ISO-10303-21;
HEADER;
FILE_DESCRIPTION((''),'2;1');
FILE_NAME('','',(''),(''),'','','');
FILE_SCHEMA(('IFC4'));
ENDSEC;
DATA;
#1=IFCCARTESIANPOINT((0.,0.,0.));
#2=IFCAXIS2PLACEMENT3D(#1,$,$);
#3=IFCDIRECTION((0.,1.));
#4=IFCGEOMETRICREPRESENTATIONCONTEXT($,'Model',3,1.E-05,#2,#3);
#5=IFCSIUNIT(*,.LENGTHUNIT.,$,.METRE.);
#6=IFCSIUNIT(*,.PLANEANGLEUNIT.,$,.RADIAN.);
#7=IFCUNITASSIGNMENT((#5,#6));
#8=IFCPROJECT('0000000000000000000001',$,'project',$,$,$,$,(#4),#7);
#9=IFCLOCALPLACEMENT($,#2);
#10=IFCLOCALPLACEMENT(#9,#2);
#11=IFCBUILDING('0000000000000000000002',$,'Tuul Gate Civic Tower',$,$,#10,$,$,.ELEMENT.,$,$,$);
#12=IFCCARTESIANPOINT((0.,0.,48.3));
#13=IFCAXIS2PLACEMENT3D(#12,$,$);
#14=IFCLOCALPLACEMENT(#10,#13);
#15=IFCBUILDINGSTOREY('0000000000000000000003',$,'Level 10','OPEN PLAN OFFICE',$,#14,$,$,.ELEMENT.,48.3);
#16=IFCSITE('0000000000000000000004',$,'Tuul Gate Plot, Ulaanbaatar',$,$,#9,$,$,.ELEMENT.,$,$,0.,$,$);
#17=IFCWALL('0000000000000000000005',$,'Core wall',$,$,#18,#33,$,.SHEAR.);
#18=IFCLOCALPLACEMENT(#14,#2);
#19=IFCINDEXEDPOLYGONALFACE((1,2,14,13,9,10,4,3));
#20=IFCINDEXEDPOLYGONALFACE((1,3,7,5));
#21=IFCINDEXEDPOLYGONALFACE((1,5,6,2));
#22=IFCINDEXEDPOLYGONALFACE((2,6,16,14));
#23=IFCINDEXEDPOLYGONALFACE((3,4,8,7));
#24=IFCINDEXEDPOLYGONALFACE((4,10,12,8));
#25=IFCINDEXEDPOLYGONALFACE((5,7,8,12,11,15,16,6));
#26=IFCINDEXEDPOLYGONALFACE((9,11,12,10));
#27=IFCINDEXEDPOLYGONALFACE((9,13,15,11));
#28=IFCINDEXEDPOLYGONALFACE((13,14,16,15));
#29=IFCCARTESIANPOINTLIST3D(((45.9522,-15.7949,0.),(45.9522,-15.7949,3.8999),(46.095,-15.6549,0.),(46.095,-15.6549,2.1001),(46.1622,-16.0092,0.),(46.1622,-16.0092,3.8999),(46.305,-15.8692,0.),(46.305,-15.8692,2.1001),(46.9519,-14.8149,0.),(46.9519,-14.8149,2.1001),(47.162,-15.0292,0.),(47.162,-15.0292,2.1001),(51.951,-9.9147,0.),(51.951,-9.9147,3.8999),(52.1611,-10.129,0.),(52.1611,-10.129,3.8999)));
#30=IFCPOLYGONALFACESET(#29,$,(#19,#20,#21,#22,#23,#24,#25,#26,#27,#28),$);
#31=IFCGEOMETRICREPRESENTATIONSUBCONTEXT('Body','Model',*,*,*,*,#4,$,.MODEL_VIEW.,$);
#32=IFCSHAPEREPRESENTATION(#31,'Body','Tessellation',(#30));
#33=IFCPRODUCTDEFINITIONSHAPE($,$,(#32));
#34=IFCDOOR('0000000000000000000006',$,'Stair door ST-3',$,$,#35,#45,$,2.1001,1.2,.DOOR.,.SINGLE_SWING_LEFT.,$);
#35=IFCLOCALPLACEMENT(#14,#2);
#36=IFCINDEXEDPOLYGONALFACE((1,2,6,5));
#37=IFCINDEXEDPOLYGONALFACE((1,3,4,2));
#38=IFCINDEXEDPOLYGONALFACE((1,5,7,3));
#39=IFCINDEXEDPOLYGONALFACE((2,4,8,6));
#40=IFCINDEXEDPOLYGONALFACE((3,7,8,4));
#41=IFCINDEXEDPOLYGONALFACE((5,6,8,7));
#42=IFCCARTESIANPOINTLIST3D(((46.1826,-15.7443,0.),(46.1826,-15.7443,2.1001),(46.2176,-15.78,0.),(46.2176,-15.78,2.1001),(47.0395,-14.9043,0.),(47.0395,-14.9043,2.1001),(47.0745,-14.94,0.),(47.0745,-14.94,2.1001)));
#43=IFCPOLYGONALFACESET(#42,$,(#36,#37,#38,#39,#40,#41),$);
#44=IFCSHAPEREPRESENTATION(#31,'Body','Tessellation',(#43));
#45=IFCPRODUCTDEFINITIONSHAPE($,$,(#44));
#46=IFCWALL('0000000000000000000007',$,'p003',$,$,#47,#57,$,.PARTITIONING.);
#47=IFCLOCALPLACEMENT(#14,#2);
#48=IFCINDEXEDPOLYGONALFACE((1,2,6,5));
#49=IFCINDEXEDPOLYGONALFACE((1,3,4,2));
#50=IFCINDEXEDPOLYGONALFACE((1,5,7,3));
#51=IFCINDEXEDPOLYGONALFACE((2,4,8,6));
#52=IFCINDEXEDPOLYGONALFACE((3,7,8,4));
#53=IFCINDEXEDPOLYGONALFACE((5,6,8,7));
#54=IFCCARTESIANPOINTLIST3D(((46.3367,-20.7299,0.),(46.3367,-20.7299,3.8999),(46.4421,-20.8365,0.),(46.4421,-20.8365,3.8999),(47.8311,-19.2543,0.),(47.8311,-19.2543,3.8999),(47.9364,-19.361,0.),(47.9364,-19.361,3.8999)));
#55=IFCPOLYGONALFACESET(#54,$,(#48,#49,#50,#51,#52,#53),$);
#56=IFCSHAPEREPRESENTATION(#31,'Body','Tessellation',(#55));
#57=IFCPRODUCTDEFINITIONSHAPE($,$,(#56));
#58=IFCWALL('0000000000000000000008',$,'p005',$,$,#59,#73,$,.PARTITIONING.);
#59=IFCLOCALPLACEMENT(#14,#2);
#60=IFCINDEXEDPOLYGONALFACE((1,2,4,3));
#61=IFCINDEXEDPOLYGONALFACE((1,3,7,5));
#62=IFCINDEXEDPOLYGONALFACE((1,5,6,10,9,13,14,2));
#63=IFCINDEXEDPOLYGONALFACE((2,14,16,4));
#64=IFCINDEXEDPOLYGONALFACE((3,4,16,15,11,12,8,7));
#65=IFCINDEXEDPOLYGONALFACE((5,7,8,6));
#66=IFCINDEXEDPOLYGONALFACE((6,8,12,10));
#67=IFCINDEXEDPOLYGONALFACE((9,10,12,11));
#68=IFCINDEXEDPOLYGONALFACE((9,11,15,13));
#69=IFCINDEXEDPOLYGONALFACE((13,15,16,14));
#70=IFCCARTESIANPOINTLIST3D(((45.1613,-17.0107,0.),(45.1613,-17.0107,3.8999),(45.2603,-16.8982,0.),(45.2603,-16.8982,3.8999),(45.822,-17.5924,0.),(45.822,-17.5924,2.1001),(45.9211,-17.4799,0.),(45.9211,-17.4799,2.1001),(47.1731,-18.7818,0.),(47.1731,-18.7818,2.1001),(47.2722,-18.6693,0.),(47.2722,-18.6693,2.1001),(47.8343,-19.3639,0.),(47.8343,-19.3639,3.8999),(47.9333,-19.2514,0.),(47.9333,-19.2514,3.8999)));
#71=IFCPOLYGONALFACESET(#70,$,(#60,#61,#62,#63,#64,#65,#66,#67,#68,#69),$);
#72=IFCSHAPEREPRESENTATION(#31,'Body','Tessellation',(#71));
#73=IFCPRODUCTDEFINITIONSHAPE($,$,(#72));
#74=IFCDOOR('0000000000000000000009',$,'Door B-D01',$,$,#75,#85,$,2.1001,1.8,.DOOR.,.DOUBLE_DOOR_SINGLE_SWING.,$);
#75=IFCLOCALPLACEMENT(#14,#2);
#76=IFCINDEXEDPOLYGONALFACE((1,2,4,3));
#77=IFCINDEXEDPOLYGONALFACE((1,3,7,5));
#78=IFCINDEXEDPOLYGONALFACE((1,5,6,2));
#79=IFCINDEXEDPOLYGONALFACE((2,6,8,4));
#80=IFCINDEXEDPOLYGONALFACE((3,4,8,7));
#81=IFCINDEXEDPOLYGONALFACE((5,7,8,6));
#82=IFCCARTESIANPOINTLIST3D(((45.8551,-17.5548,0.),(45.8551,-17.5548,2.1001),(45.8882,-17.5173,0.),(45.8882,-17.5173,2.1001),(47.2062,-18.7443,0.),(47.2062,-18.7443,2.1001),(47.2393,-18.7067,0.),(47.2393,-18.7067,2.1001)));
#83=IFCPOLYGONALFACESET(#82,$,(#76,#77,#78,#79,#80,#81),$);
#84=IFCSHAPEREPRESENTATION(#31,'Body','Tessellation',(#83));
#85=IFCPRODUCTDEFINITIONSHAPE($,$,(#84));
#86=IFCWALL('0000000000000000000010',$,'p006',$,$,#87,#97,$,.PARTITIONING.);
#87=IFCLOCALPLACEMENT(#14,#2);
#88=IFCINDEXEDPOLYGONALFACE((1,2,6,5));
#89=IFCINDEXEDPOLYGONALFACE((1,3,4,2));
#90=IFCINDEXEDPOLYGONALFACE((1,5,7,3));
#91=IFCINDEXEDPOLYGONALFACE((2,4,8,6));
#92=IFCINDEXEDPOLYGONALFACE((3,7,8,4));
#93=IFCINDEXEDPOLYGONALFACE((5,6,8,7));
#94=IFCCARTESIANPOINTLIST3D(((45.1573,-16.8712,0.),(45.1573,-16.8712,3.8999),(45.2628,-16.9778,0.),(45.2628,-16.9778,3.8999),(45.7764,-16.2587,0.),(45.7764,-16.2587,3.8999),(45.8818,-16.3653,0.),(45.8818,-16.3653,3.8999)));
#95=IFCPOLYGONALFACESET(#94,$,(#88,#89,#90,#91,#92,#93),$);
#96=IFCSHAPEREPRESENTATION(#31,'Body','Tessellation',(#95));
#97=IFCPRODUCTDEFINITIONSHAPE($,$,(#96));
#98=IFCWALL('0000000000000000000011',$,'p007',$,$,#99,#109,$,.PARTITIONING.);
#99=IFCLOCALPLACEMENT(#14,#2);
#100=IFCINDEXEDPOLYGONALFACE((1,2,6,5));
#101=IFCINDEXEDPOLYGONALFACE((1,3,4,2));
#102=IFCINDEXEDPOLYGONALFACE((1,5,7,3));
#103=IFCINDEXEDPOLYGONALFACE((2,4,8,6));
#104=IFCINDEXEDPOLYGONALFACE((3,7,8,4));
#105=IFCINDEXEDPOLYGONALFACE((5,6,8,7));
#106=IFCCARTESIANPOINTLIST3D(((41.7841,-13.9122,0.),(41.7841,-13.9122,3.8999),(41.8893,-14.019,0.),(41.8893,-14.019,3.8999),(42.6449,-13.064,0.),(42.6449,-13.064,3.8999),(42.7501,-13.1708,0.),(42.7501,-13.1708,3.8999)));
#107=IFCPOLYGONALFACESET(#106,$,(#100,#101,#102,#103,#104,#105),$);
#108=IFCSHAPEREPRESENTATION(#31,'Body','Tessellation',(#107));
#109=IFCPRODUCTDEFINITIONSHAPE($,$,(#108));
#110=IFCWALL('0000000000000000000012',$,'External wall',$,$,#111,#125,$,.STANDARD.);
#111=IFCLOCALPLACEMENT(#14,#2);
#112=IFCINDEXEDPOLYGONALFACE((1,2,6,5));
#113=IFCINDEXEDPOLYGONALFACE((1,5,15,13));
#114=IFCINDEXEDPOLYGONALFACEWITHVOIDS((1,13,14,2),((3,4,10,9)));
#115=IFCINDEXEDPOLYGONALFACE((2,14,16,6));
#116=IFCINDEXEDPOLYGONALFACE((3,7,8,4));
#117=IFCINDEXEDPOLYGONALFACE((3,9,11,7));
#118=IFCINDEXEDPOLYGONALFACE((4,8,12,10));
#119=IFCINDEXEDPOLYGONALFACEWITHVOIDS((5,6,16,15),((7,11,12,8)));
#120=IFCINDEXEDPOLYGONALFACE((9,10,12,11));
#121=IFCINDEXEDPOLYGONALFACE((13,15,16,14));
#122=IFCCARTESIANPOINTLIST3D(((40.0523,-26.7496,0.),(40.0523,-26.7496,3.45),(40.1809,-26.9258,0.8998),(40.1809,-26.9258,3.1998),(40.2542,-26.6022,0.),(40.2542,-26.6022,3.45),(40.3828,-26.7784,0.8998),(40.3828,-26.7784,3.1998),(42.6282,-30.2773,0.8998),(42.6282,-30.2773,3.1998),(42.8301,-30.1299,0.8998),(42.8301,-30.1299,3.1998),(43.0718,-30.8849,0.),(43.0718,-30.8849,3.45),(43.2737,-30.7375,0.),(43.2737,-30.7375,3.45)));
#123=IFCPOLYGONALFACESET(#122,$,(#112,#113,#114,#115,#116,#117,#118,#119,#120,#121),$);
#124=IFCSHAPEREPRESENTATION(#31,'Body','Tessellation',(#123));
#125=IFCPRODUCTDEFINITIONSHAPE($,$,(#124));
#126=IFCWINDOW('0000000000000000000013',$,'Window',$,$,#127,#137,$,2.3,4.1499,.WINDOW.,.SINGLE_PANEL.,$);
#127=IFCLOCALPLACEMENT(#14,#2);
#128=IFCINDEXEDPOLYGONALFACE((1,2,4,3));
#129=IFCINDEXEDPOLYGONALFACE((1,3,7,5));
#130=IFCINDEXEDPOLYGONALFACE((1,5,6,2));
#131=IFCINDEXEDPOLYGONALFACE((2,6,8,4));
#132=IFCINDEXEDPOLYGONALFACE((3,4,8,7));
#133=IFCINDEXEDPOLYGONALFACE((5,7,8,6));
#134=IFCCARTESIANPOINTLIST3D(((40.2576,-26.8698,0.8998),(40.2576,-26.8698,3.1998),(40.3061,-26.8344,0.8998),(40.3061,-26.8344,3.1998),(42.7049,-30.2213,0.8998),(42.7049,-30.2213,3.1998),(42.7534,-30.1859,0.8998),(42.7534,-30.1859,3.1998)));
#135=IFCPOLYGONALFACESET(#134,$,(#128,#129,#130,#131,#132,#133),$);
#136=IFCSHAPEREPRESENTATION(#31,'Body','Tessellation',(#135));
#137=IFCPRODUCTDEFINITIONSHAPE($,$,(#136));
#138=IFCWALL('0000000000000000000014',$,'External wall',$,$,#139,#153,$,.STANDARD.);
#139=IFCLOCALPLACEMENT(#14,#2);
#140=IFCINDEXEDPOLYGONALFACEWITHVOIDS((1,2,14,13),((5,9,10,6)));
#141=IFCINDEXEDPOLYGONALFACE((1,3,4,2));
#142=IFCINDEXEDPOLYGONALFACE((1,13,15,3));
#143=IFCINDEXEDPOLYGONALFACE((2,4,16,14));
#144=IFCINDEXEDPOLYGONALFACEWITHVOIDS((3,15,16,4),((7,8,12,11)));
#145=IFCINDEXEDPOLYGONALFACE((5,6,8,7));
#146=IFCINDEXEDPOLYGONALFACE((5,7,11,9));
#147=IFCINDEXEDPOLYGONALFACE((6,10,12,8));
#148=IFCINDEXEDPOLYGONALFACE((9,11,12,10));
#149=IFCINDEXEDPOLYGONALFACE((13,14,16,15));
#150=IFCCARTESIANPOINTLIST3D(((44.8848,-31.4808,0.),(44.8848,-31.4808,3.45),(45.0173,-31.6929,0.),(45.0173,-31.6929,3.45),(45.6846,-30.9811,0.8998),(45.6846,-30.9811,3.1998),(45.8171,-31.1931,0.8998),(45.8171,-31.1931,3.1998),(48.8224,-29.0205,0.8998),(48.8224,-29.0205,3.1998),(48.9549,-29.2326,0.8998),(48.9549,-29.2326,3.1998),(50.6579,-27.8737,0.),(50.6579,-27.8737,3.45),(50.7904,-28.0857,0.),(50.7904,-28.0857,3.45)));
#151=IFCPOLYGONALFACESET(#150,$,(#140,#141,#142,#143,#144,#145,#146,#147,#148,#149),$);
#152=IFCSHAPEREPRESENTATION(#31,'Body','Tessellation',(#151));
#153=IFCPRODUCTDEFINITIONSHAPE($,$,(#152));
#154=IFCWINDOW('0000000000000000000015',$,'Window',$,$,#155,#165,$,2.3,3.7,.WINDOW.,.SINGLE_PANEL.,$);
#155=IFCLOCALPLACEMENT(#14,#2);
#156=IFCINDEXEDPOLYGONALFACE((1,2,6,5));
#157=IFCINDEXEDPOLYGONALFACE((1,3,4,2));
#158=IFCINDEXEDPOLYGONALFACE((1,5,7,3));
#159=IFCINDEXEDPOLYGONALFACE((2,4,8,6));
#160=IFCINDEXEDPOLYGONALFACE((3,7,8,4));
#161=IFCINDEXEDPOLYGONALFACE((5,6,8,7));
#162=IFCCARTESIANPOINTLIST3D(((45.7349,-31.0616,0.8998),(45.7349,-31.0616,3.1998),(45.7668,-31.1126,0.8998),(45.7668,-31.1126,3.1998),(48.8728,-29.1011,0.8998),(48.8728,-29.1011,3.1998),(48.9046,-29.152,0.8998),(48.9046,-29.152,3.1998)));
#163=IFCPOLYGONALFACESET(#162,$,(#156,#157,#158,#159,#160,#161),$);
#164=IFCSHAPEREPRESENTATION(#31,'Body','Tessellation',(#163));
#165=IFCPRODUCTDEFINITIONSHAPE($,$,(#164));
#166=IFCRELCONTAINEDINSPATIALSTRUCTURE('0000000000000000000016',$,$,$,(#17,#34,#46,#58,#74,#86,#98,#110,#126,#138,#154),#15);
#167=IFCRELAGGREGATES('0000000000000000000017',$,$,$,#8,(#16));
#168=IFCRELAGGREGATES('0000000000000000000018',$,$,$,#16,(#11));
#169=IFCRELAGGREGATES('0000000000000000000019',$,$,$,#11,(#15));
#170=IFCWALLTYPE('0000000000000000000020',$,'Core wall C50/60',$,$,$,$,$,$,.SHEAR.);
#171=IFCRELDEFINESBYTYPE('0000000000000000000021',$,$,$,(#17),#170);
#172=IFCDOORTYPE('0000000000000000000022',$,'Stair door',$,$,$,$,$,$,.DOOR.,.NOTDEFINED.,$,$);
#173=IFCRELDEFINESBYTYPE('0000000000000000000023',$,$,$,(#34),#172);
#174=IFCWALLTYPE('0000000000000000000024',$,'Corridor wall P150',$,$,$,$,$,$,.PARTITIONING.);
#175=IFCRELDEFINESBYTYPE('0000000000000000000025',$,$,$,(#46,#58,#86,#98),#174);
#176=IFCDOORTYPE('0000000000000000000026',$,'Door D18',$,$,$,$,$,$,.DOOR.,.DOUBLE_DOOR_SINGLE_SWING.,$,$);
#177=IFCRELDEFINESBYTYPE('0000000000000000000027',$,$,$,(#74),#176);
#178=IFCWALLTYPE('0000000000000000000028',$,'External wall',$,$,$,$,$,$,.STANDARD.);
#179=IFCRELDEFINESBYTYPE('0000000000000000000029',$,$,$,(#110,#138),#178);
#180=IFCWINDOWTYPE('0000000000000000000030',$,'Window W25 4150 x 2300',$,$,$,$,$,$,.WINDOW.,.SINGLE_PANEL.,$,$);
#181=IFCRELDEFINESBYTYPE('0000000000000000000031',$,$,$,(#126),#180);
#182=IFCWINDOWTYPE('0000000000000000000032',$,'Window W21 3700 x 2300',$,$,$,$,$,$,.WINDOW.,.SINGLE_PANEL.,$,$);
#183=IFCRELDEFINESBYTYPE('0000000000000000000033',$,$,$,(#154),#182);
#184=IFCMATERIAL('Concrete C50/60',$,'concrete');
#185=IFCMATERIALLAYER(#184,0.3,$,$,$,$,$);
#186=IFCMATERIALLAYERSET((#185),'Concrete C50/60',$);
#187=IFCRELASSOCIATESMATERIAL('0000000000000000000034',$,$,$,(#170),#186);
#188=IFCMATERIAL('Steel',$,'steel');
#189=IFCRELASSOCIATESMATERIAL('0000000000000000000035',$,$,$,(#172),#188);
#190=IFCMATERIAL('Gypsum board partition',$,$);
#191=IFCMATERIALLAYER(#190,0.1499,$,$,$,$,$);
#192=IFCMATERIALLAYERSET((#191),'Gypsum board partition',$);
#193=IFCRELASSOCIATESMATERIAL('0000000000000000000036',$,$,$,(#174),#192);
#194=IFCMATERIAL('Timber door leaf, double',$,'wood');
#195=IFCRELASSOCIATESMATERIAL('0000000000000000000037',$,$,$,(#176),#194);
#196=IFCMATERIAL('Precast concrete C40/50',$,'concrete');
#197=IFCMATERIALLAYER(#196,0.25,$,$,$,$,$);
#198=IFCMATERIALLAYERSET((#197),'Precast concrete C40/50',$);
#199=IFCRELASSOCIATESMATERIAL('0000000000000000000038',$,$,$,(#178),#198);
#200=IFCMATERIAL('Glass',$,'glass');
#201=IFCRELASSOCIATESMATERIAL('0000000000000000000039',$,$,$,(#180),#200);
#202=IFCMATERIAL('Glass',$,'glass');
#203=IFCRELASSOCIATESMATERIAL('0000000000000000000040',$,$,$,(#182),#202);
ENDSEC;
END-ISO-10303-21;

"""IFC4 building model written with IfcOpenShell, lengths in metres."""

from ifc_helpers import new_model, si_unit, direction, frame, frame_2d, origin, place, context, subcontext, project, spatial, rectangle, extrude, material, layer, layer_set, type_object, element, fill, save


model = new_model("IFC4")

# Units and contexts
model_context = context("Model", 3, precision=1e-05, world=origin(), true_north=direction((0.0, 1.0)))
body_context = subcontext(model_context, "Body", "Model", "MODEL_VIEW")
ifc_project = project(units=[si_unit("LENGTHUNIT", "METRE"), si_unit("PLANEANGLEUNIT", "RADIAN")], contexts=[model_context])

# Site, building, storey
site_placement = place(None, origin())
site = spatial("IfcSite", under=ifc_project, at=site_placement, Name="Tuul Gate Plot, Ulaanbaatar", CompositionType="ELEMENT", RefElevation=0.0)
building_placement = place(site_placement, origin())
building = spatial("IfcBuilding", under=site, at=building_placement, Name="Tuul Gate Civic Tower", CompositionType="ELEMENT")
storey_placement = place(building_placement, frame((0.0, 0.0, 48.3)))
storey = spatial("IfcBuildingStorey", under=building, at=storey_placement, Name="Level 10", Description="OPEN PLAN OFFICE", CompositionType="ELEMENT", Elevation=48.3)

# Shared definitions
ifc_material_1 = material(Name="Concrete C50/60", Category="concrete")
ifc_layer_1 = layer(ifc_material_1, 0.3)
ifc_layer_set_1 = layer_set([ifc_layer_1], Name="Concrete C50/60")
wall_type_1 = type_object("IfcWallType", Name="Core wall C50/60", PredefinedType="SHEAR", material=ifc_layer_set_1)

# Wall, opening, door
wall_1_placement = place(storey_placement, frame((46.0571, -15.9021, 0.0), z_axis=(0.0, 0.0, 1.0), x_axis=(0.714134, 0.700009, 0.0)))
wall_1 = element("IfcWall", 1, at=wall_1_placement, inside=storey, type_object=wall_type_1, Name="Core wall", PredefinedType="SHEAR", context=body_context, shape_type="SweptSolid", body=[
    extrude(rectangle(XDim=8.4001, YDim=0.3, at=frame_2d((4.2002, 0.0))), origin(), (0.0, 0.0, 1.0), 3.8999),
])
opening_1_placement = place(wall_1_placement, frame((0.2, 0.0, 0.0)))
opening_1 = element("IfcOpeningElement", 2, at=opening_1_placement, cuts=wall_1, PredefinedType="OPENING", context=body_context, shape_type="SweptSolid", body=[
    extrude(rectangle(XDim=1.2, YDim=2.1001, at=frame_2d((0.6001, 1.05))), frame((0.0, 0.1602, 0.0), z_axis=(0.0, -1.0, 0.0), x_axis=(1.0, 0.0, 0.0)), (0.0, 0.0, 1.0), 0.3201),
])
ifc_material_2 = material(Name="Steel", Category="steel")
door_type_1 = type_object("IfcDoorType", Name="Stair door", OperationType="NOTDEFINED", PredefinedType="DOOR", material=ifc_material_2)
door_1_placement = place(opening_1_placement, origin())
door_1 = element("IfcDoor", 3, at=door_1_placement, inside=storey, type_object=door_type_1, Name="Stair door ST-3", OperationType="SINGLE_SWING_LEFT", OverallHeight=2.1001, OverallWidth=1.2, PredefinedType="DOOR", context=body_context, shape_type="SweptSolid", body=[
    extrude(rectangle(XDim=1.2, YDim=2.1001, at=frame_2d((0.6001, 1.05))), frame((0.0, 0.0249, 0.0), z_axis=(0.0, -1.0, 0.0), x_axis=(1.0, 0.0, 0.0)), (0.0, 0.0, 1.0), 0.05),
])
fill(opening_1, door_1)

# Wall
ifc_material_3 = material(Name="Gypsum board partition")
ifc_layer_2 = layer(ifc_material_3, 0.1499)
ifc_layer_set_2 = layer_set([ifc_layer_2], Name="Gypsum board partition")
wall_type_2 = type_object("IfcWallType", Name="Corridor wall P150", PredefinedType="PARTITIONING", material=ifc_layer_set_2)
wall_2_placement = place(storey_placement, frame((46.3894, -20.7832, 0.0), z_axis=(0.0, 0.0, 1.0), x_axis=(0.711568, 0.702617, 0.0)))
element("IfcWall", 4, at=wall_2_placement, inside=storey, type_object=wall_type_2, Name="p003", PredefinedType="PARTITIONING", context=body_context, shape_type="SweptSolid", body=[
    extrude(rectangle(XDim=2.1001, YDim=0.1499, at=frame_2d((1.05, 0.0))), origin(), (0.0, 0.0, 1.0), 3.8999),
])

# Wall, opening, door
wall_3_placement = place(storey_placement, frame((45.2107, -16.9543, 0.0), z_axis=(0.0, 0.0, 1.0), x_axis=(0.750582, -0.660778, 0.0)))
wall_3 = element("IfcWall", 5, at=wall_3_placement, inside=storey, type_object=wall_type_2, Name="p005", PredefinedType="PARTITIONING", context=body_context, shape_type="SweptSolid", body=[
    extrude(rectangle(XDim=3.5613, YDim=0.1499, at=frame_2d((1.7808, 0.0))), origin(), (0.0, 0.0, 1.0), 3.8999),
])
opening_2_placement = place(wall_3_placement, frame((0.8806, 0.0, 0.0)))
opening_2 = element("IfcOpeningElement", 6, at=opening_2_placement, cuts=wall_3, PredefinedType="OPENING", context=body_context, shape_type="SweptSolid", body=[
    extrude(rectangle(XDim=1.8, YDim=2.1001, at=frame_2d((0.8999, 1.05))), frame((0.0, 0.085, 0.0), z_axis=(0.0, -1.0, 0.0), x_axis=(1.0, 0.0, 0.0)), (0.0, 0.0, 1.0), 0.1699),
])
ifc_material_4 = material(Name="Timber door leaf, double", Category="wood")
door_type_2 = type_object("IfcDoorType", Name="Door D18", OperationType="DOUBLE_DOOR_SINGLE_SWING", PredefinedType="DOOR", material=ifc_material_4)
door_2_placement = place(opening_2_placement, frame((1.8, 0.0, 0.0), z_axis=(0.0, 0.0, 1.0), x_axis=(-1.0, 0.0, 0.0)))
door_2 = element("IfcDoor", 7, at=door_2_placement, inside=storey, type_object=door_type_2, Name="Door B-D01", OperationType="DOUBLE_DOOR_SINGLE_SWING", OverallHeight=2.1001, OverallWidth=1.8, PredefinedType="DOOR", context=body_context, shape_type="SweptSolid", body=[
    extrude(rectangle(XDim=1.8, YDim=2.1001, at=frame_2d((0.9001, 1.05))), frame((0.0, 0.0249, 0.0), z_axis=(0.0, -1.0, 0.0), x_axis=(1.0, 0.0, 0.0)), (0.0, 0.0, 1.0), 0.05),
])
fill(opening_2, door_2)

# Walls
wall_4_placement = place(storey_placement, frame((45.21, -16.9246, 0.0), z_axis=(0.0, 0.0, 1.0), x_axis=(0.710881, 0.703312, 0.0)))
element("IfcWall", 8, at=wall_4_placement, inside=storey, type_object=wall_type_2, Name="p006", PredefinedType="PARTITIONING", context=body_context, shape_type="SweptSolid", body=[
    extrude(rectangle(XDim=0.8708, YDim=0.1499, at=frame_2d((0.4355, 0.0))), origin(), (0.0, 0.0, 1.0), 3.8999),
])
wall_5_placement = place(storey_placement, frame((41.8367, -13.9656, 0.0), z_axis=(0.0, 0.0, 1.0), x_axis=(0.71234, 0.701835, 0.0)))
element("IfcWall", 9, at=wall_5_placement, inside=storey, type_object=wall_type_2, Name="p007", PredefinedType="PARTITIONING", context=body_context, shape_type="SweptSolid", body=[
    extrude(rectangle(XDim=1.2085, YDim=0.1499, at=frame_2d((0.6042, 0.0))), origin(), (0.0, 0.0, 1.0), 3.8999),
])

# Walls, openings, windows
ifc_material_5 = material(Name="Precast concrete C40/50", Category="concrete")
ifc_layer_3 = layer(ifc_material_5, 0.25)
ifc_layer_set_3 = layer_set([ifc_layer_3], Name="Precast concrete C40/50")
wall_type_3 = type_object("IfcWallType", Name="External wall", PredefinedType="STANDARD", material=ifc_layer_set_3)
wall_6_placement = place(storey_placement, frame((40.1533, -26.676, 0.0), z_axis=(0.0, 0.0, 1.0), x_axis=(0.589713, -0.807613, 0.0)))
wall_6 = element("IfcWall", 10, at=wall_6_placement, inside=storey, type_object=wall_type_3, Name="External wall", PredefinedType="STANDARD", context=body_context, shape_type="SweptSolid", body=[
    extrude(rectangle(XDim=5.1204, YDim=0.25, at=frame_2d((2.5601, 0.0))), origin(), (0.0, 0.0, 1.0), 3.45),
])
opening_3_placement = place(wall_6_placement, frame((0.218, 0.0, 0.8999)))
opening_3 = element("IfcOpeningElement", 11, at=opening_3_placement, cuts=wall_6, PredefinedType="OPENING", context=body_context, shape_type="SweptSolid", body=[
    extrude(rectangle(XDim=4.1499, YDim=2.3, at=frame_2d((2.075, 1.1499))), frame((0.0, 0.135, 0.0), z_axis=(0.0, -1.0, 0.0), x_axis=(1.0, 0.0, 0.0)), (0.0, 0.0, 1.0), 0.27),
])
ifc_material_6 = material(Name="Glass", Category="glass")
window_type_1 = type_object("IfcWindowType", Name="Window W25 4150 x 2300", PartitioningType="SINGLE_PANEL", PredefinedType="WINDOW", material=ifc_material_6)
window_1_placement = place(opening_3_placement, origin())
window_1 = element("IfcWindow", 12, at=window_1_placement, inside=storey, type_object=window_type_1, Name="Window", OverallHeight=2.3, OverallWidth=4.1499, PartitioningType="SINGLE_PANEL", PredefinedType="WINDOW", context=body_context, shape_type="SweptSolid", body=[
    extrude(rectangle(XDim=4.1499, YDim=2.3, at=frame_2d((2.075, 1.1499))), frame((0.0, 0.03, 0.0), z_axis=(0.0, -1.0, 0.0), x_axis=(1.0, 0.0, 0.0)), (0.0, 0.0, 1.0), 0.0601),
])
fill(opening_3, window_1)
wall_7_placement = place(storey_placement, frame((44.9509, -31.5869, 0.0), z_axis=(0.0, 0.0, 1.0), x_axis=(0.848069, 0.529886, 0.0)))
wall_7 = element("IfcWall", 13, at=wall_7_placement, inside=storey, type_object=wall_type_3, Name="External wall", PredefinedType="STANDARD", context=body_context, shape_type="SweptSolid", body=[
    extrude(rectangle(XDim=6.8074, YDim=0.25, at=frame_2d((3.4038, 0.0))), origin(), (0.0, 0.0, 1.0), 3.45),
])
opening_4_placement = place(wall_7_placement, frame((0.9431, 0.0, 0.8999)))
opening_4 = element("IfcOpeningElement", 14, at=opening_4_placement, cuts=wall_7, PredefinedType="OPENING", context=body_context, shape_type="SweptSolid", body=[
    extrude(rectangle(XDim=3.7, YDim=2.3, at=frame_2d((1.8501, 1.1499))), frame((0.0, 0.135, 0.0), z_axis=(0.0, -1.0, 0.0), x_axis=(1.0, 0.0, 0.0)), (0.0, 0.0, 1.0), 0.27),
])
ifc_material_7 = material(Name="Glass", Category="glass")
window_type_2 = type_object("IfcWindowType", Name="Window W21 3700 x 2300", PartitioningType="SINGLE_PANEL", PredefinedType="WINDOW", material=ifc_material_7)
window_2_placement = place(opening_4_placement, origin())
window_2 = element("IfcWindow", 15, at=window_2_placement, inside=storey, type_object=window_type_2, Name="Window", OverallHeight=2.3, OverallWidth=3.7, PartitioningType="SINGLE_PANEL", PredefinedType="WINDOW", context=body_context, shape_type="SweptSolid", body=[
    extrude(rectangle(XDim=3.7, YDim=2.3, at=frame_2d((1.8501, 1.1499))), frame((0.0, 0.03, 0.0), z_axis=(0.0, -1.0, 0.0), x_axis=(1.0, 0.0, 0.0)), (0.0, 0.0, 1.0), 0.0601),
])
fill(opening_4, window_2)

save(model, "model.ifc")
